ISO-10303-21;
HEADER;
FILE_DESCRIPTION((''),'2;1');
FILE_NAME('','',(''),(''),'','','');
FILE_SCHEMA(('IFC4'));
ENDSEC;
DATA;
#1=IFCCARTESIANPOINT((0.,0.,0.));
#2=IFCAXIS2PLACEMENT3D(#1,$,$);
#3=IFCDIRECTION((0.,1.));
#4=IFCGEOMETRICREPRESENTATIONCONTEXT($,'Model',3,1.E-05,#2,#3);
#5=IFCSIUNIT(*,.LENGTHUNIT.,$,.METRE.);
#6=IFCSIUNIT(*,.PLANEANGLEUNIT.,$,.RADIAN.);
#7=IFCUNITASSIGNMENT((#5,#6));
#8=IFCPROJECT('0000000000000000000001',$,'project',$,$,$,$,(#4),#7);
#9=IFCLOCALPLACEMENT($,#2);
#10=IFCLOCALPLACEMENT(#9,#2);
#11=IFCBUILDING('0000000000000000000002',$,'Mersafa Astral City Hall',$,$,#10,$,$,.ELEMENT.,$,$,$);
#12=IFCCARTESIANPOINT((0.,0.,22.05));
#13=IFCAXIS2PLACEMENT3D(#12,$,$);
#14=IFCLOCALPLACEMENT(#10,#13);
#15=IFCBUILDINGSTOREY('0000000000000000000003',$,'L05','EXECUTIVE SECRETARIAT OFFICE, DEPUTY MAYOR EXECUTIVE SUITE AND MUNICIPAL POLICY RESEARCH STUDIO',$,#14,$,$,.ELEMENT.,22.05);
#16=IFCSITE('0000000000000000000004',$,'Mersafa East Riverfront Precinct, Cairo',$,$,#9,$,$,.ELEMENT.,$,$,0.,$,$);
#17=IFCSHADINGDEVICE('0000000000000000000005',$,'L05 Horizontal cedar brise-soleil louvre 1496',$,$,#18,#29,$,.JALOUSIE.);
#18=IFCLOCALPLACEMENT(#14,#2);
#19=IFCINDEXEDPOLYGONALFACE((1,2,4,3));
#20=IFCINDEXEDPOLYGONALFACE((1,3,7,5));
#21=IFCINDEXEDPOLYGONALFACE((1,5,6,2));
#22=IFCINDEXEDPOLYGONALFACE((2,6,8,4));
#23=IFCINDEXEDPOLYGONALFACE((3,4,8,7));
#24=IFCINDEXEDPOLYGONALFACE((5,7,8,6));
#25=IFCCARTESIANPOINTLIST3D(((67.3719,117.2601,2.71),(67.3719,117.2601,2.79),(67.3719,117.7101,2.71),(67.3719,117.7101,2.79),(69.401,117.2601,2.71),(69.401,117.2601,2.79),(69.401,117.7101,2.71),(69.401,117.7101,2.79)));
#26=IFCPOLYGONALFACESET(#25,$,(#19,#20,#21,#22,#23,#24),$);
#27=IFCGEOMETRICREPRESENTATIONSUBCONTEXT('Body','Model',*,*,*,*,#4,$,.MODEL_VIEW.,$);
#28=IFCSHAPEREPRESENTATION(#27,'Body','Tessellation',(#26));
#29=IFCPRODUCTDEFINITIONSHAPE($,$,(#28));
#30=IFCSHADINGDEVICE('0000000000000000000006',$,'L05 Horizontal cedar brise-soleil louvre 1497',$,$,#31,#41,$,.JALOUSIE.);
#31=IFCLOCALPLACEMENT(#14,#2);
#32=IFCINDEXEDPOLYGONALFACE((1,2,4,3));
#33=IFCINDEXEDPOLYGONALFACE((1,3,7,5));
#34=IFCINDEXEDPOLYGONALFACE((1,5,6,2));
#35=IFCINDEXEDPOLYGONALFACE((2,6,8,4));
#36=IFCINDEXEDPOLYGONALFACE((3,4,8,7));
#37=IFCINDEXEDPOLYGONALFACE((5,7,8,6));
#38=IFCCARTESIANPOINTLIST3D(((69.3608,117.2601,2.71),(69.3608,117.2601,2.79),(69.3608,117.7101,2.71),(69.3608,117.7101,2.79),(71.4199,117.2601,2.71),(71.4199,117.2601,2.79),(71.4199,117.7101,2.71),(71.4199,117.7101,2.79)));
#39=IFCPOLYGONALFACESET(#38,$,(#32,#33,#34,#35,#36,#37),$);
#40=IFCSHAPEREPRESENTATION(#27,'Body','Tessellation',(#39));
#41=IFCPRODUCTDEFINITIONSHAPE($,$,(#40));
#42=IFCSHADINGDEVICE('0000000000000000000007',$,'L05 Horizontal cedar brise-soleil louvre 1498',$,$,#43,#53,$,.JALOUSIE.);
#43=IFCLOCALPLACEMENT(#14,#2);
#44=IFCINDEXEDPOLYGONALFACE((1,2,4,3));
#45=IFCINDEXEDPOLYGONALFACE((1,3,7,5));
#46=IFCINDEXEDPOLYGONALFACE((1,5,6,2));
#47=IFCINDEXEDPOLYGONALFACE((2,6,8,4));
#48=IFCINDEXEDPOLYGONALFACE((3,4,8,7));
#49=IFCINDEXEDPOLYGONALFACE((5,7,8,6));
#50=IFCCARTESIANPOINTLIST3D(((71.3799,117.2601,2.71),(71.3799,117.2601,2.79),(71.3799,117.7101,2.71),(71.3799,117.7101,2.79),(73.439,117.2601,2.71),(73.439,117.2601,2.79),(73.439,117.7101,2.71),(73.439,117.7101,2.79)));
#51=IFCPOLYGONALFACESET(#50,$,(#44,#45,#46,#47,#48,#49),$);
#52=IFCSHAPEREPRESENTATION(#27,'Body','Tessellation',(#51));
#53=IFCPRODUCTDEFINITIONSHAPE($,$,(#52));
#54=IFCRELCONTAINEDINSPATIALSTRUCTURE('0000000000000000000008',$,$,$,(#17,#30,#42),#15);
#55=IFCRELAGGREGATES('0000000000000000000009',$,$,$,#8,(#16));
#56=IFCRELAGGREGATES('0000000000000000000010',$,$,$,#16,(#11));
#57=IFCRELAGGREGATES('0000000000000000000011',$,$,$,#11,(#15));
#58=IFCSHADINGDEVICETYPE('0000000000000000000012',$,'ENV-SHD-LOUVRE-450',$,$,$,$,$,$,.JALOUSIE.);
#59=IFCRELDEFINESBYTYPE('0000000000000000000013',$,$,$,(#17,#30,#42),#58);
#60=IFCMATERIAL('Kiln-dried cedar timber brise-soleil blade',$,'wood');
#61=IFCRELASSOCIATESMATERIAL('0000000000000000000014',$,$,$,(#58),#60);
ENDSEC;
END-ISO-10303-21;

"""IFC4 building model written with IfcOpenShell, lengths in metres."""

from ifc_helpers import new_model, si_unit, direction, frame, origin, origin_2d, place, context, subcontext, project, spatial, rectangle, extrude, material, type_object, element, save


model = new_model("IFC4")

# Units and contexts
model_context = context("Model", 3, precision=1e-05, world=origin(), true_north=direction((0.0, 1.0)))
body_context = subcontext(model_context, "Body", "Model", "MODEL_VIEW")
ifc_project = project(units=[si_unit("LENGTHUNIT", "METRE"), si_unit("PLANEANGLEUNIT", "RADIAN")], contexts=[model_context])

# Site, building, storey
site_placement = place(None, origin())
site = spatial("IfcSite", under=ifc_project, at=site_placement, Name="Mersafa East Riverfront Precinct, Cairo", CompositionType="ELEMENT", RefElevation=0.0)
building_placement = place(site_placement, origin())
building = spatial("IfcBuilding", under=site, at=building_placement, Name="Mersafa Astral City Hall", CompositionType="ELEMENT")
storey_placement = place(building_placement, frame((0.0, 0.0, 22.05)))
storey = spatial("IfcBuildingStorey", under=building, at=storey_placement, Name="L05", Description="EXECUTIVE SECRETARIAT OFFICE, DEPUTY MAYOR EXECUTIVE SUITE AND MUNICIPAL POLICY RESEARCH STUDIO", CompositionType="ELEMENT", Elevation=22.05)

# Shading devices
ifc_material_1 = material(Name="Kiln-dried cedar timber brise-soleil blade", Category="wood")
shading_device_type = type_object("IfcShadingDeviceType", Name="ENV-SHD-LOUVRE-450", PredefinedType="JALOUSIE", material=ifc_material_1)
shading_device_1_placement = place(storey_placement, frame((68.3865, 117.4851, 2.71), z_axis=(0.0, 0.0, 1.0), x_axis=(1.0, 0.0, 0.0)))
element("IfcShadingDevice", 1, at=shading_device_1_placement, inside=storey, type_object=shading_device_type, Name="L05 Horizontal cedar brise-soleil louvre 1496", PredefinedType="JALOUSIE", context=body_context, shape_type="SweptSolid", body=[
    extrude(rectangle(XDim=2.0291, YDim=0.45, at=origin_2d()), origin(), (0.0, 0.0, 1.0), 0.0801),
])
for number, where, z_axis, x_axis, name in (
    (2, (70.3904, 117.4851, 2.71), (0.0, 0.0, 1.0), (1.0, 0.0, 0.0), "L05 Horizontal cedar brise-soleil louvre 1497"),
    (3, (72.4094, 117.4851, 2.71), (0.0, 0.0, 1.0), (1.0, 0.0, 0.0), "L05 Horizontal cedar brise-soleil louvre 1498"),
):
    element("IfcShadingDevice", number, at=place(storey_placement, frame(where, z_axis=z_axis, x_axis=x_axis)), inside=storey, type_object=shading_device_type, Name=name, PredefinedType="JALOUSIE", context=body_context, shape_type="SweptSolid", body=[
        extrude(rectangle(XDim=2.0591, YDim=0.45, at=origin_2d()), origin(), (0.0, 0.0, 1.0), 0.0801),
    ])

save(model, "model.ifc")
